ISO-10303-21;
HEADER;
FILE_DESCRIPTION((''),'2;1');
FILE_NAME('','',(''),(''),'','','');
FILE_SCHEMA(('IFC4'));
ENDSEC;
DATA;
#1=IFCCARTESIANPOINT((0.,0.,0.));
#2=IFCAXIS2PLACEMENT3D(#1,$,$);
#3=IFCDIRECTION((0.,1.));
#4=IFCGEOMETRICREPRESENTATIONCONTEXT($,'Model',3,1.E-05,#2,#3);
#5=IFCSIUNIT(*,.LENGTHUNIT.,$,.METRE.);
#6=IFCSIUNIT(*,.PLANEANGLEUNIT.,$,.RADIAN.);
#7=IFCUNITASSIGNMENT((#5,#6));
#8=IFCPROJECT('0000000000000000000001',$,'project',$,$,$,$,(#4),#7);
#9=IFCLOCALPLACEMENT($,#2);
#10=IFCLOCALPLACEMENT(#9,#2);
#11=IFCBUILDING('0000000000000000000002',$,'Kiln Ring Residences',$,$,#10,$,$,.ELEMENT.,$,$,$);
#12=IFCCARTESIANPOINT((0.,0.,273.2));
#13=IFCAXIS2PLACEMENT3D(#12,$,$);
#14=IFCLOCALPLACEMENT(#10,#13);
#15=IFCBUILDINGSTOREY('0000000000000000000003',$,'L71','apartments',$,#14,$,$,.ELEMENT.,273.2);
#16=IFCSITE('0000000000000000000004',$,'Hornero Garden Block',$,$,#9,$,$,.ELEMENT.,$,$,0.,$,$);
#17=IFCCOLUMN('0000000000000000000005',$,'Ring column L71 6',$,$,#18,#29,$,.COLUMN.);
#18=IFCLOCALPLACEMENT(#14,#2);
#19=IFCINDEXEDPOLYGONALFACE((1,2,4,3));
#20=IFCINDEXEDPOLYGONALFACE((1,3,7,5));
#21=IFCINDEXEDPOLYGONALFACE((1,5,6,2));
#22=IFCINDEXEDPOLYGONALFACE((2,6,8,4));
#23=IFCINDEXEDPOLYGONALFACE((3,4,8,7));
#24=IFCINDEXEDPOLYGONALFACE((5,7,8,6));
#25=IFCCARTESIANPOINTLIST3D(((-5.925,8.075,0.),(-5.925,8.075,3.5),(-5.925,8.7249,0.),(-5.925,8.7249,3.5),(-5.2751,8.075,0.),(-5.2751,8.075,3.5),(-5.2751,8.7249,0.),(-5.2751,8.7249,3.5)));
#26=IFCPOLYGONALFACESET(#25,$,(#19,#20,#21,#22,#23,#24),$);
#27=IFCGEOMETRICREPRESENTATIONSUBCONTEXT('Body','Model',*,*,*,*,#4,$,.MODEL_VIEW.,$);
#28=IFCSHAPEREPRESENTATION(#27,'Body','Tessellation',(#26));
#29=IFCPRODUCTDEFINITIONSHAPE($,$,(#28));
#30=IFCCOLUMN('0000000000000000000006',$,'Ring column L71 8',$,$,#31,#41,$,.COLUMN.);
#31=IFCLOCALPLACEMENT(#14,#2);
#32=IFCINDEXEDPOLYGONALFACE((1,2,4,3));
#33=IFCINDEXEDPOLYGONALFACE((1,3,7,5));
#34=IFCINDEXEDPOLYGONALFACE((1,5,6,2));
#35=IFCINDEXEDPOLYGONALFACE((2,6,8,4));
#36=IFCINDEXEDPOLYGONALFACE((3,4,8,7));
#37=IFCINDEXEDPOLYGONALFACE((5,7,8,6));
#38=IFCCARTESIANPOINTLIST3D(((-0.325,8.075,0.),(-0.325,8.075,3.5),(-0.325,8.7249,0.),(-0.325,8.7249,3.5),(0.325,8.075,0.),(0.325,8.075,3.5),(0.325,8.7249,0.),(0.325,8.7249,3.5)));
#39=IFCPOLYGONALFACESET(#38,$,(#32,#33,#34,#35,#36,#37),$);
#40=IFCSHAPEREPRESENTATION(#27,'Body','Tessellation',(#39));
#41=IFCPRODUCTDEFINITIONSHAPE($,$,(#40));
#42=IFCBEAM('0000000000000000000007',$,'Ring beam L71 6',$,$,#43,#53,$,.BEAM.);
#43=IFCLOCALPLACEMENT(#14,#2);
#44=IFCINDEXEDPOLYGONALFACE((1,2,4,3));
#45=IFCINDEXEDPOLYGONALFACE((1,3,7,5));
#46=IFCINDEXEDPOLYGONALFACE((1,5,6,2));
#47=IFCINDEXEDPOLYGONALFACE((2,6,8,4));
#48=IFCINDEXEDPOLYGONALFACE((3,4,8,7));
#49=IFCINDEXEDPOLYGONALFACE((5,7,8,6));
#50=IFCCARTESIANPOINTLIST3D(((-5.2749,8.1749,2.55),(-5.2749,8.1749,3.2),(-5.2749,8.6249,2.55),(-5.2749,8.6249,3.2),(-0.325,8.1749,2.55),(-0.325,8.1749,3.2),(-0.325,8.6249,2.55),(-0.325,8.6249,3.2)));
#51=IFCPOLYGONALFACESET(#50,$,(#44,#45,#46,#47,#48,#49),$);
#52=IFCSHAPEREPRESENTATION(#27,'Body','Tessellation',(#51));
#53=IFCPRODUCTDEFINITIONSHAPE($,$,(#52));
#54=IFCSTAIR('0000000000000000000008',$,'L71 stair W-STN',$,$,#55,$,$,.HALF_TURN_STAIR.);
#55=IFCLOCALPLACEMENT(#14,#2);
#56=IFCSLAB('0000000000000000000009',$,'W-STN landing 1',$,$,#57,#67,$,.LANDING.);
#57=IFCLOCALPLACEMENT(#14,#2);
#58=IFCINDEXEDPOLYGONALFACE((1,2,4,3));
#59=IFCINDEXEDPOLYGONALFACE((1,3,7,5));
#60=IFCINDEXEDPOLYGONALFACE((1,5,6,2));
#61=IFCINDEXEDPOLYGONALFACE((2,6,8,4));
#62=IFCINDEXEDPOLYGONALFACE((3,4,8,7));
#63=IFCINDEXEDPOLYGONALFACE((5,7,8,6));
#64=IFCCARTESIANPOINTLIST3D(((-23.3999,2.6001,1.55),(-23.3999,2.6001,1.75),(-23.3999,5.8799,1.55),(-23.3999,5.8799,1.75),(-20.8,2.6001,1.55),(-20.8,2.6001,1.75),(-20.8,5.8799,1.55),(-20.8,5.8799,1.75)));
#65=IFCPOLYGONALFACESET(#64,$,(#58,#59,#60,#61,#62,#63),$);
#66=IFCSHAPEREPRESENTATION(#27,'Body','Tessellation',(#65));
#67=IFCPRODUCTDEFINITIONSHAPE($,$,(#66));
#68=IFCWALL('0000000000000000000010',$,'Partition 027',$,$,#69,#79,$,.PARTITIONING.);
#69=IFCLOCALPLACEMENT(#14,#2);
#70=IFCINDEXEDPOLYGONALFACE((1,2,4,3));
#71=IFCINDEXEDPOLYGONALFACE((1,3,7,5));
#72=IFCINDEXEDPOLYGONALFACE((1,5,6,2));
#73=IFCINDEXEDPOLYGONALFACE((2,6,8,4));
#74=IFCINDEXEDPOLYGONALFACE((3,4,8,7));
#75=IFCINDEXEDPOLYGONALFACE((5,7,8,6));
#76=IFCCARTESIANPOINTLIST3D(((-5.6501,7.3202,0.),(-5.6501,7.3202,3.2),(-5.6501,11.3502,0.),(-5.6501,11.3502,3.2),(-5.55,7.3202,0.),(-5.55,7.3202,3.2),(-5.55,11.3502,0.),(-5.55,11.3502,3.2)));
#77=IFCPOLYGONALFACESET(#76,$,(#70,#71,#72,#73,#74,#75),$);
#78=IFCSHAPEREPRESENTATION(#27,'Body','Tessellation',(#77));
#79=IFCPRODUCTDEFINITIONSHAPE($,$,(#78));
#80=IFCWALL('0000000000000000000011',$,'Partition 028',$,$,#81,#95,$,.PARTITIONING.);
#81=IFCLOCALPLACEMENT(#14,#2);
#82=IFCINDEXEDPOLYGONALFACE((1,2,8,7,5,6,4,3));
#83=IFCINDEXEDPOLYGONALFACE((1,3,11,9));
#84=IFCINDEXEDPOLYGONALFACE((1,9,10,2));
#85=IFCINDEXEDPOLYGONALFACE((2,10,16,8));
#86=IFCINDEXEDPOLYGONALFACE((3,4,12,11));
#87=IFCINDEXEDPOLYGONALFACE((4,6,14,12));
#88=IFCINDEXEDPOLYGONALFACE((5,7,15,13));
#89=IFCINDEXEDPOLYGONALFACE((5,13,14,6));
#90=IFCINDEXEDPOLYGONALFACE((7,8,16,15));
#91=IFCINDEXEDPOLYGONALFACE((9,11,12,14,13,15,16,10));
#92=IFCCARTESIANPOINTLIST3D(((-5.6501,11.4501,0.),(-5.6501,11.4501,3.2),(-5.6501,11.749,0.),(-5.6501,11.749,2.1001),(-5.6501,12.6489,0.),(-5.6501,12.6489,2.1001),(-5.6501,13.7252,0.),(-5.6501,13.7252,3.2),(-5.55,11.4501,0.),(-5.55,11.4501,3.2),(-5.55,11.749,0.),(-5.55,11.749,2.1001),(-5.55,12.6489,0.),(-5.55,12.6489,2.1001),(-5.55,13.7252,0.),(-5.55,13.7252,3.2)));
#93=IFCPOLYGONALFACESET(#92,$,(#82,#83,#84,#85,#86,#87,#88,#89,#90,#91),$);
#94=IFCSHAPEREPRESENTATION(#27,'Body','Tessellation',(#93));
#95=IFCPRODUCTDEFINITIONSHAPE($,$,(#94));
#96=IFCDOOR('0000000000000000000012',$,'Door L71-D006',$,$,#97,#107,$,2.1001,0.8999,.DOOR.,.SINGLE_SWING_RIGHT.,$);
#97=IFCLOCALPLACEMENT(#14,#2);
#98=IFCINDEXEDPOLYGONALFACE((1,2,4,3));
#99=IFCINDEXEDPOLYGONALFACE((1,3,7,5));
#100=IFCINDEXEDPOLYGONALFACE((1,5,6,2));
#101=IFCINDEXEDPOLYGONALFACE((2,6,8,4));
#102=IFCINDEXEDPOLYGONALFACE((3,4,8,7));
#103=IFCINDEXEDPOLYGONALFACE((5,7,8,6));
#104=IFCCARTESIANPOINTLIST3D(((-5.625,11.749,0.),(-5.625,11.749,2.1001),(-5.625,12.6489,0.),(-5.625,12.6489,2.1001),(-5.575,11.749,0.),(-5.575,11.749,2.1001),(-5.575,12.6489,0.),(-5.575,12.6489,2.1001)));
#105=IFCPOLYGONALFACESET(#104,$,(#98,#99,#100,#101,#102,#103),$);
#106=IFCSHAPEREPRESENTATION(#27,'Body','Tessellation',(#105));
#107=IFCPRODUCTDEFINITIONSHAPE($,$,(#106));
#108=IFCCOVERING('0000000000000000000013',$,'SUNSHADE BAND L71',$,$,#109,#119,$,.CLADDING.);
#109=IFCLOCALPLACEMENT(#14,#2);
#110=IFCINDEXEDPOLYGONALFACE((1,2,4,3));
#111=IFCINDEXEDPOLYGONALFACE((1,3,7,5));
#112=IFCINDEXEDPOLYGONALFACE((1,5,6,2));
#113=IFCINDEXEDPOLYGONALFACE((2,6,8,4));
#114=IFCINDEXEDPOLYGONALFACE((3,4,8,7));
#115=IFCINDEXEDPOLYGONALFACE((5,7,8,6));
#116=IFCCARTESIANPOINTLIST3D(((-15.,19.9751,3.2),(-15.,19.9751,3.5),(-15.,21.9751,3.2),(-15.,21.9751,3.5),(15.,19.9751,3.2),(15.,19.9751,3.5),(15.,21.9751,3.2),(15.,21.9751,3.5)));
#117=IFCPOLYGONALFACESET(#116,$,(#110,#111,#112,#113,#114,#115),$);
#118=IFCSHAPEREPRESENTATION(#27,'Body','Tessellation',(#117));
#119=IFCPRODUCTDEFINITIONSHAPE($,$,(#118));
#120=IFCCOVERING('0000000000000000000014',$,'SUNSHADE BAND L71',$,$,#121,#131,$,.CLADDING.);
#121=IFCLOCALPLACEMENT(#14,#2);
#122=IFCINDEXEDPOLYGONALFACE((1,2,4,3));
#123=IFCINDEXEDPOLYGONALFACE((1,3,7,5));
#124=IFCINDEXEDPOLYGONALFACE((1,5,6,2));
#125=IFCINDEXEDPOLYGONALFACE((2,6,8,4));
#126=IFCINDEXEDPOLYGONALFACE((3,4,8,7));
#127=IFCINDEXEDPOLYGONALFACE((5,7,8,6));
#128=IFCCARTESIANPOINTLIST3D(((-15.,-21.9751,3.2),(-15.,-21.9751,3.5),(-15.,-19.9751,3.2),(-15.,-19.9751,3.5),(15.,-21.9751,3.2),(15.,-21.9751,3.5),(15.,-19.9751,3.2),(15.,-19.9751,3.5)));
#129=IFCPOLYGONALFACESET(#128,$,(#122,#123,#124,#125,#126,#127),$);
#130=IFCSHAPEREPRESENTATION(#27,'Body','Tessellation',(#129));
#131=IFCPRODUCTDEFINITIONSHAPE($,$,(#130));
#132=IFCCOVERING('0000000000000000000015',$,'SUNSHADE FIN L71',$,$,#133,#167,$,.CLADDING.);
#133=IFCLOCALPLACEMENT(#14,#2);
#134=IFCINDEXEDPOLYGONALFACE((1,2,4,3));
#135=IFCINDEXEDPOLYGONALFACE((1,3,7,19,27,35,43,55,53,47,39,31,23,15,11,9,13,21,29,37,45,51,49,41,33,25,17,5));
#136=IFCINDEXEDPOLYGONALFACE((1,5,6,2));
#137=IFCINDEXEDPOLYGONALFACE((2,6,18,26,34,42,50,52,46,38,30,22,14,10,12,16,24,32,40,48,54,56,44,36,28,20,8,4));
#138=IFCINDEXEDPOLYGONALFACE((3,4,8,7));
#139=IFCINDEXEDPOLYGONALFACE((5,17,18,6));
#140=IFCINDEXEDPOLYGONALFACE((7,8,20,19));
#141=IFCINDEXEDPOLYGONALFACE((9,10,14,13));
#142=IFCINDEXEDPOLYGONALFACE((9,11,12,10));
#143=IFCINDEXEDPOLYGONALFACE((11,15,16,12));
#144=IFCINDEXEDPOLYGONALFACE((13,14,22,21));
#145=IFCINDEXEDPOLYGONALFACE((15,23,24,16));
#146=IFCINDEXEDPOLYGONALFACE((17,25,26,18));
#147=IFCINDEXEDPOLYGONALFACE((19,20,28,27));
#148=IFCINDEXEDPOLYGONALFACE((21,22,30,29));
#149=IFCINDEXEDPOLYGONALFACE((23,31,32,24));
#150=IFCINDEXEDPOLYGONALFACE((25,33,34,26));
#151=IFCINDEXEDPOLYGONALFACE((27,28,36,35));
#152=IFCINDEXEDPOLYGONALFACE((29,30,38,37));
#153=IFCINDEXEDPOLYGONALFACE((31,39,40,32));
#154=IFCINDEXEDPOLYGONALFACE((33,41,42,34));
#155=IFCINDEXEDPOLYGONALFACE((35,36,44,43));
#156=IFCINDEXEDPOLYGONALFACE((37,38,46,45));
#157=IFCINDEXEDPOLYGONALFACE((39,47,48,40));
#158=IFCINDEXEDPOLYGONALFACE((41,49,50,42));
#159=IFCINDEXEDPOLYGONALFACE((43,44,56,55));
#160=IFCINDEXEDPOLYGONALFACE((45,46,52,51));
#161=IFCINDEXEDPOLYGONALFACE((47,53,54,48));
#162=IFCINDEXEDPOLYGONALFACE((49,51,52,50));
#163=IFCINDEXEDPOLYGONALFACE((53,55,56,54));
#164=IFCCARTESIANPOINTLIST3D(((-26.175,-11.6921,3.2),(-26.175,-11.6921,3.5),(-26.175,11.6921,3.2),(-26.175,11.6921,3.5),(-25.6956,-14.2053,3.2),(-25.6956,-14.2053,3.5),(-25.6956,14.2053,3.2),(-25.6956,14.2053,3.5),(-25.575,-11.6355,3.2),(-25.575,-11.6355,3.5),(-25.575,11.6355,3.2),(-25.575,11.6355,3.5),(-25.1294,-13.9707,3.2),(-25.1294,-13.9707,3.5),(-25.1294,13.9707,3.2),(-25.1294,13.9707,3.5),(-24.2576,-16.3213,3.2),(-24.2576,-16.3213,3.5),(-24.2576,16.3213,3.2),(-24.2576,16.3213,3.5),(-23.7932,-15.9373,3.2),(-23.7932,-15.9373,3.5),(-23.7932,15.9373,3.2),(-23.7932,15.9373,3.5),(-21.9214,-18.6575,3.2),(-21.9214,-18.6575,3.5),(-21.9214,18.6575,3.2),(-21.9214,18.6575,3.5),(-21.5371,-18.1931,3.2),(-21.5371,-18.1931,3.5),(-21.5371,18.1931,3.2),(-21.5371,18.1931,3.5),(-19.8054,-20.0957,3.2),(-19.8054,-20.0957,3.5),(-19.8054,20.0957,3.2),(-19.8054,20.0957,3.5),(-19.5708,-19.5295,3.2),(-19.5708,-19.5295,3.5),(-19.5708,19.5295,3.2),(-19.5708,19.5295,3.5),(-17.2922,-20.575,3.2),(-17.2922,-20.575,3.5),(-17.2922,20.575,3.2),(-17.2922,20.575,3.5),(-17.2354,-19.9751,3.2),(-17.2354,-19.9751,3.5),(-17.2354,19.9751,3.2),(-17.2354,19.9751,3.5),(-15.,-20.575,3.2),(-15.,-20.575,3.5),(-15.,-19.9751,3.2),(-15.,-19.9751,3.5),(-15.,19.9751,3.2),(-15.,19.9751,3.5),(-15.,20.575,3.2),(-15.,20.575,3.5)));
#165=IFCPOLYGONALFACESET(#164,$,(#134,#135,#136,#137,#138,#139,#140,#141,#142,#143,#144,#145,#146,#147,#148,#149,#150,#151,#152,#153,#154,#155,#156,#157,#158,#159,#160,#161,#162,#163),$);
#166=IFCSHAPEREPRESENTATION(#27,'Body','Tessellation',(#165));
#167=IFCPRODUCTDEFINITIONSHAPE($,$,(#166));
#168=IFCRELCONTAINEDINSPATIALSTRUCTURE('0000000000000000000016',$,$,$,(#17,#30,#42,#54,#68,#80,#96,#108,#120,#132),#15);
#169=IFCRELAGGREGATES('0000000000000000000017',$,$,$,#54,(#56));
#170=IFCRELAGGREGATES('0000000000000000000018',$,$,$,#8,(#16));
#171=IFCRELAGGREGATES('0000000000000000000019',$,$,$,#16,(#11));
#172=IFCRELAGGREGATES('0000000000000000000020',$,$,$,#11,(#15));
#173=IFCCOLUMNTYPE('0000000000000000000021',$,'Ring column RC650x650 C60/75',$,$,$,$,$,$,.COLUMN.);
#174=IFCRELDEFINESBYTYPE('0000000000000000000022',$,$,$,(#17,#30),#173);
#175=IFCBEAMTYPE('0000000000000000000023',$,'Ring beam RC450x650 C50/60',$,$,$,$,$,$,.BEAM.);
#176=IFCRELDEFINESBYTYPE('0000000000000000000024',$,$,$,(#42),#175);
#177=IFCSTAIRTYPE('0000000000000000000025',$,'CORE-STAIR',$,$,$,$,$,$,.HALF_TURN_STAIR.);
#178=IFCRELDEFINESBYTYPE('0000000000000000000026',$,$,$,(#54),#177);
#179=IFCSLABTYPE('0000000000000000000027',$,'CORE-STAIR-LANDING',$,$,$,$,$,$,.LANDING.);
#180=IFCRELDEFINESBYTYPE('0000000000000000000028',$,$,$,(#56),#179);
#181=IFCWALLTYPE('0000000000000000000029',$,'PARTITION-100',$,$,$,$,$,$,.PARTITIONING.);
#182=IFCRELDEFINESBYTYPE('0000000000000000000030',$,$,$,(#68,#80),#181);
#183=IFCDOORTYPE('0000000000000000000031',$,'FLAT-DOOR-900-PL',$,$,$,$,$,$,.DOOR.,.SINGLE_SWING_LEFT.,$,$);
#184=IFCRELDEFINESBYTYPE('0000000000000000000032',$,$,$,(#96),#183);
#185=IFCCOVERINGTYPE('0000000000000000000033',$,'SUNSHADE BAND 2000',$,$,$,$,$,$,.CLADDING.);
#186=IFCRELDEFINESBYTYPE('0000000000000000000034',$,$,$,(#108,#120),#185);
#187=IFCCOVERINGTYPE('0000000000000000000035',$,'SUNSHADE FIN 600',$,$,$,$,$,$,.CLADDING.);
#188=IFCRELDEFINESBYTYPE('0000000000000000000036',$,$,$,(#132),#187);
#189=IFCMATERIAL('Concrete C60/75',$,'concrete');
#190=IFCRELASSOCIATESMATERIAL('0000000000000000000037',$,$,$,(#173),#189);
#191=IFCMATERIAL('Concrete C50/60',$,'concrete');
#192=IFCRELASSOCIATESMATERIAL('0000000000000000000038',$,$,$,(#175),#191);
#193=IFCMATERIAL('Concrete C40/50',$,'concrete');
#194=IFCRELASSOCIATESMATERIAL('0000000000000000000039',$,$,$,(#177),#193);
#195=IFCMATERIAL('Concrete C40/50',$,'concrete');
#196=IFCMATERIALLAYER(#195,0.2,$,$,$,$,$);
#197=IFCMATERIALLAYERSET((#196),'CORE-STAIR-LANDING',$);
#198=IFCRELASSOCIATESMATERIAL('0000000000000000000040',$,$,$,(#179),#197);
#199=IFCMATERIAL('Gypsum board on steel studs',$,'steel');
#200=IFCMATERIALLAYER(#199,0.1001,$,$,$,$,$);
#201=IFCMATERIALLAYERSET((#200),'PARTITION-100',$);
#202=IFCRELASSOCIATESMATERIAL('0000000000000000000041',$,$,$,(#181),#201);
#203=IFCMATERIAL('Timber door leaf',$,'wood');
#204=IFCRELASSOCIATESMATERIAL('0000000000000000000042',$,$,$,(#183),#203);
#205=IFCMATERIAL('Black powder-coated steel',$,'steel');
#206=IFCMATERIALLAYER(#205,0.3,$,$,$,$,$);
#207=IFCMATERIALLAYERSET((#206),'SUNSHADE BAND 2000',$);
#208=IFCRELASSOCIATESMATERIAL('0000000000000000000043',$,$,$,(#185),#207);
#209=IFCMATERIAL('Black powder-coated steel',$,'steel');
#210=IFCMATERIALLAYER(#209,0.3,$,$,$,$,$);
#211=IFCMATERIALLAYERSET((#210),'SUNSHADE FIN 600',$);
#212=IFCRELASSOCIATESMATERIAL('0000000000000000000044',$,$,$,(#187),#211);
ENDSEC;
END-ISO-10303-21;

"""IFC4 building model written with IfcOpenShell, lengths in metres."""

from ifc_helpers import new_model, si_unit, direction, frame, frame_2d, origin, origin_2d, place, context, subcontext, project, spatial, polyline, rectangle, outline, extrude, material, layer, layer_set, material_profile, profile_set, type_object, element, fill, aggregate, save


model = new_model("IFC4")

# Units and contexts
model_context = context("Model", 3, precision=1e-05, world=origin(), true_north=direction((0.0, 1.0)))
body_context = subcontext(model_context, "Body", "Model", "MODEL_VIEW")
ifc_project = project(units=[si_unit("LENGTHUNIT", "METRE"), si_unit("PLANEANGLEUNIT", "RADIAN")], contexts=[model_context])

# Site, building, storey
site_placement = place(None, origin())
site = spatial("IfcSite", under=ifc_project, at=site_placement, Name="Hornero Garden Block", CompositionType="ELEMENT", RefElevation=0.0)
building_placement = place(site_placement, origin())
building = spatial("IfcBuilding", under=site, at=building_placement, Name="Kiln Ring Residences", CompositionType="ELEMENT")
storey_placement = place(building_placement, frame((0.0, 0.0, 273.2)))
storey = spatial("IfcBuildingStorey", under=building, at=storey_placement, Name="L71", Description="apartments", CompositionType="ELEMENT", Elevation=273.2)

# Columns
ifc_material_1 = material(Name="Concrete C60/75", Category="concrete")
ifc_material_profile_1 = material_profile(ifc_material_1, rectangle(XDim=0.6499, YDim=0.6499, at=origin_2d()), Name="RC650x650")
ifc_profile_set_1 = profile_set([ifc_material_profile_1], Name="Concrete C60/75")
column_type = type_object("IfcColumnType", Name="Ring column RC650x650 C60/75", PredefinedType="COLUMN", material=ifc_profile_set_1)
for number, where, z_axis, x_axis, name in (
    (1, (-5.6001, 8.3999, 0.0), (0.0, 0.0, 1.0), (1.0, 0.0, 0.0), "Ring column L71 6"),
    (2, (0.0, 8.3999, 0.0), (0.0, 0.0, 1.0), (1.0, 0.0, 0.0), "Ring column L71 8"),
):
    element("IfcColumn", number, at=place(storey_placement, frame(where, z_axis=z_axis, x_axis=x_axis)), inside=storey, type_object=column_type, Name=name, PredefinedType="COLUMN", context=body_context, shape_type="SweptSolid", body=[
        extrude(rectangle(XDim=0.6499, YDim=0.6499, at=origin_2d()), origin(), (0.0, 0.0, 1.0), 3.5),
    ])

# Beam
ifc_material_2 = material(Name="Concrete C50/60", Category="concrete")
ifc_material_profile_2 = material_profile(ifc_material_2, rectangle(XDim=0.45, YDim=0.6499, at=origin_2d()), Name="RC450x650")
ifc_profile_set_2 = profile_set([ifc_material_profile_2], Name="Concrete C50/60")
beam_type = type_object("IfcBeamType", Name="Ring beam RC450x650 C50/60", PredefinedType="BEAM", material=ifc_profile_set_2)
beam_placement = place(storey_placement, frame((-5.2749, 8.3999, 2.875), z_axis=(1.0, 0.0, 0.0), x_axis=(0.0, 1.0, 0.0)))
element("IfcBeam", 3, at=beam_placement, inside=storey, type_object=beam_type, Name="Ring beam L71 6", PredefinedType="BEAM", context=body_context, shape_type="SweptSolid", body=[
    extrude(rectangle(XDim=0.45, YDim=0.6499, at=origin_2d()), origin(), (0.0, 0.0, 1.0), 4.95),
])

# Stair, slab
ifc_material_3 = material(Name="Concrete C40/50", Category="concrete")
stair_type = type_object("IfcStairType", Name="CORE-STAIR", PredefinedType="HALF_TURN_STAIR", material=ifc_material_3)
stair_placement = place(storey_placement, origin())
stair = element("IfcStair", 4, at=stair_placement, inside=storey, type_object=stair_type, Name="L71 stair W-STN", PredefinedType="HALF_TURN_STAIR")
ifc_material_4 = material(Name="Concrete C40/50", Category="concrete")
ifc_layer_1 = layer(ifc_material_4, 0.2)
ifc_layer_set_1 = layer_set([ifc_layer_1], Name="CORE-STAIR-LANDING")
slab_type = type_object("IfcSlabType", Name="CORE-STAIR-LANDING", PredefinedType="LANDING", material=ifc_layer_set_1)
slab_placement = place(storey_placement, frame((0.0, 0.0, 1.55)))
slab = element("IfcSlab", 5, at=slab_placement, type_object=slab_type, Name="W-STN landing 1", PredefinedType="LANDING", context=body_context, shape_type="SweptSolid", body=[
    extrude(outline(polyline([(-23.3999, 5.8799), (-23.3999, 2.6001), (-20.8, 2.6001), (-20.8, 5.8799), (-23.3999, 5.8799)])), origin(), (0.0, 0.0, 1.0), 0.2),
])
aggregate(stair, [slab])

# Wall
ifc_material_5 = material(Name="Gypsum board on steel studs", Category="steel")
ifc_layer_2 = layer(ifc_material_5, 0.1001)
ifc_layer_set_2 = layer_set([ifc_layer_2], Name="PARTITION-100")
wall_type = type_object("IfcWallType", Name="PARTITION-100", PredefinedType="PARTITIONING", material=ifc_layer_set_2)
wall_1_placement = place(storey_placement, frame((-5.6001, 7.3201, 0.0), z_axis=(0.0, 0.0, 1.0), x_axis=(0.0, 1.0, 0.0)))
element("IfcWall", 6, at=wall_1_placement, inside=storey, type_object=wall_type, Name="Partition 027", PredefinedType="PARTITIONING", context=body_context, shape_type="SweptSolid", body=[
    extrude(rectangle(XDim=4.03, YDim=0.1001, at=frame_2d((2.0151, 0.0))), origin(), (0.0, 0.0, 1.0), 3.2),
])

# Wall, opening, door
wall_2_placement = place(storey_placement, frame((-5.6001, 11.45, 0.0), z_axis=(0.0, 0.0, 1.0), x_axis=(0.0, 1.0, 0.0)))
wall_2 = element("IfcWall", 7, at=wall_2_placement, inside=storey, type_object=wall_type, Name="Partition 028", PredefinedType="PARTITIONING", context=body_context, shape_type="SweptSolid", body=[
    extrude(rectangle(XDim=2.2751, YDim=0.1001, at=frame_2d((1.1377, 0.0))), origin(), (0.0, 0.0, 1.0), 3.2),
])
opening_placement = place(wall_2_placement, frame((0.2991, 0.0, 0.0)))
opening = element("IfcOpeningElement", 8, at=opening_placement, cuts=wall_2, PredefinedType="OPENING", context=body_context, shape_type="SweptSolid", body=[
    extrude(rectangle(XDim=0.8999, YDim=2.1001, at=frame_2d((0.45, 1.05))), frame((0.0, 0.0601, 0.0), z_axis=(0.0, -1.0, 0.0), x_axis=(1.0, 0.0, 0.0)), (0.0, 0.0, 1.0), 0.1201),
])
ifc_material_6 = material(Name="Timber door leaf", Category="wood")
door_type = type_object("IfcDoorType", Name="FLAT-DOOR-900-PL", OperationType="SINGLE_SWING_LEFT", PredefinedType="DOOR", material=ifc_material_6)
door_placement = place(opening_placement, origin())
door = element("IfcDoor", 9, at=door_placement, inside=storey, type_object=door_type, Name="Door L71-D006", OperationType="SINGLE_SWING_RIGHT", OverallHeight=2.1001, OverallWidth=0.8999, PredefinedType="DOOR", context=body_context, shape_type="SweptSolid", body=[
    extrude(rectangle(XDim=0.8999, YDim=2.1001, at=frame_2d((0.45, 1.05))), frame((0.0, 0.0249, 0.0), z_axis=(0.0, -1.0, 0.0), x_axis=(1.0, 0.0, 0.0)), (0.0, 0.0, 1.0), 0.05),
])
fill(opening, door)

# Coverings
ifc_material_7 = material(Name="Black powder-coated steel", Category="steel")
ifc_layer_3 = layer(ifc_material_7, 0.3)
ifc_layer_set_3 = layer_set([ifc_layer_3], Name="SUNSHADE BAND 2000")
covering_type_1 = type_object("IfcCoveringType", Name="SUNSHADE BAND 2000", PredefinedType="CLADDING", material=ifc_layer_set_3)
placement = place(storey_placement, frame((0.0, 0.0, 3.2)))
element("IfcCovering", 10, at=placement, inside=storey, type_object=covering_type_1, Name="SUNSHADE BAND L71", PredefinedType="CLADDING", context=body_context, shape_type="SweptSolid", body=[
    extrude(outline(polyline([(15.0, 21.9751), (-15.0, 21.9751), (-15.0, 19.9751), (15.0, 19.9751), (15.0, 21.9751)])), origin(), (0.0, 0.0, 1.0), 0.3),
])
element("IfcCovering", 11, at=placement, inside=storey, type_object=covering_type_1, Name="SUNSHADE BAND L71", PredefinedType="CLADDING", context=body_context, shape_type="SweptSolid", body=[
    extrude(outline(polyline([(-15.0, -21.9751), (15.0, -21.9751), (15.0, -19.9751), (-15.0, -19.9751), (-15.0, -21.9751)])), origin(), (0.0, 0.0, 1.0), 0.3),
])
ifc_material_8 = material(Name="Black powder-coated steel", Category="steel")
ifc_layer_4 = layer(ifc_material_8, 0.3)
ifc_layer_set_4 = layer_set([ifc_layer_4], Name="SUNSHADE FIN 600")
covering_type_2 = type_object("IfcCoveringType", Name="SUNSHADE FIN 600", PredefinedType="CLADDING", material=ifc_layer_set_4)
element("IfcCovering", 12, at=placement, inside=storey, type_object=covering_type_2, Name="SUNSHADE FIN L71", PredefinedType="CLADDING", context=body_context, shape_type="SweptSolid", body=[
    extrude(outline(polyline([(-26.175, -11.6921), (-25.6956, -14.2053), (-24.2576, -16.3213), (-21.9214, -18.6575), (-19.8054, -20.0957), (-17.2922, -20.575), (-15.0, -20.575), (-15.0, -19.9751), (-17.2354, -19.9751), (-19.5708, -19.5295), (-21.5371, -18.1931), (-23.7932, -15.9373), (-25.1294, -13.9707), (-25.575, -11.6355), (-25.575, 11.6355), (-25.1294, 13.9707), (-23.7932, 15.9373), (-21.5371, 18.1931), (-19.5708, 19.5295), (-17.2354, 19.9751), (-15.0, 19.9751), (-15.0, 20.575), (-17.2922, 20.575), (-19.8054, 20.0957), (-21.9214, 18.6575), (-24.2576, 16.3213), (-25.6956, 14.2053), (-26.175, 11.6921), (-26.175, -11.6921)])), origin(), (0.0, 0.0, 1.0), 0.3),
])

save(model, "model.ifc")
